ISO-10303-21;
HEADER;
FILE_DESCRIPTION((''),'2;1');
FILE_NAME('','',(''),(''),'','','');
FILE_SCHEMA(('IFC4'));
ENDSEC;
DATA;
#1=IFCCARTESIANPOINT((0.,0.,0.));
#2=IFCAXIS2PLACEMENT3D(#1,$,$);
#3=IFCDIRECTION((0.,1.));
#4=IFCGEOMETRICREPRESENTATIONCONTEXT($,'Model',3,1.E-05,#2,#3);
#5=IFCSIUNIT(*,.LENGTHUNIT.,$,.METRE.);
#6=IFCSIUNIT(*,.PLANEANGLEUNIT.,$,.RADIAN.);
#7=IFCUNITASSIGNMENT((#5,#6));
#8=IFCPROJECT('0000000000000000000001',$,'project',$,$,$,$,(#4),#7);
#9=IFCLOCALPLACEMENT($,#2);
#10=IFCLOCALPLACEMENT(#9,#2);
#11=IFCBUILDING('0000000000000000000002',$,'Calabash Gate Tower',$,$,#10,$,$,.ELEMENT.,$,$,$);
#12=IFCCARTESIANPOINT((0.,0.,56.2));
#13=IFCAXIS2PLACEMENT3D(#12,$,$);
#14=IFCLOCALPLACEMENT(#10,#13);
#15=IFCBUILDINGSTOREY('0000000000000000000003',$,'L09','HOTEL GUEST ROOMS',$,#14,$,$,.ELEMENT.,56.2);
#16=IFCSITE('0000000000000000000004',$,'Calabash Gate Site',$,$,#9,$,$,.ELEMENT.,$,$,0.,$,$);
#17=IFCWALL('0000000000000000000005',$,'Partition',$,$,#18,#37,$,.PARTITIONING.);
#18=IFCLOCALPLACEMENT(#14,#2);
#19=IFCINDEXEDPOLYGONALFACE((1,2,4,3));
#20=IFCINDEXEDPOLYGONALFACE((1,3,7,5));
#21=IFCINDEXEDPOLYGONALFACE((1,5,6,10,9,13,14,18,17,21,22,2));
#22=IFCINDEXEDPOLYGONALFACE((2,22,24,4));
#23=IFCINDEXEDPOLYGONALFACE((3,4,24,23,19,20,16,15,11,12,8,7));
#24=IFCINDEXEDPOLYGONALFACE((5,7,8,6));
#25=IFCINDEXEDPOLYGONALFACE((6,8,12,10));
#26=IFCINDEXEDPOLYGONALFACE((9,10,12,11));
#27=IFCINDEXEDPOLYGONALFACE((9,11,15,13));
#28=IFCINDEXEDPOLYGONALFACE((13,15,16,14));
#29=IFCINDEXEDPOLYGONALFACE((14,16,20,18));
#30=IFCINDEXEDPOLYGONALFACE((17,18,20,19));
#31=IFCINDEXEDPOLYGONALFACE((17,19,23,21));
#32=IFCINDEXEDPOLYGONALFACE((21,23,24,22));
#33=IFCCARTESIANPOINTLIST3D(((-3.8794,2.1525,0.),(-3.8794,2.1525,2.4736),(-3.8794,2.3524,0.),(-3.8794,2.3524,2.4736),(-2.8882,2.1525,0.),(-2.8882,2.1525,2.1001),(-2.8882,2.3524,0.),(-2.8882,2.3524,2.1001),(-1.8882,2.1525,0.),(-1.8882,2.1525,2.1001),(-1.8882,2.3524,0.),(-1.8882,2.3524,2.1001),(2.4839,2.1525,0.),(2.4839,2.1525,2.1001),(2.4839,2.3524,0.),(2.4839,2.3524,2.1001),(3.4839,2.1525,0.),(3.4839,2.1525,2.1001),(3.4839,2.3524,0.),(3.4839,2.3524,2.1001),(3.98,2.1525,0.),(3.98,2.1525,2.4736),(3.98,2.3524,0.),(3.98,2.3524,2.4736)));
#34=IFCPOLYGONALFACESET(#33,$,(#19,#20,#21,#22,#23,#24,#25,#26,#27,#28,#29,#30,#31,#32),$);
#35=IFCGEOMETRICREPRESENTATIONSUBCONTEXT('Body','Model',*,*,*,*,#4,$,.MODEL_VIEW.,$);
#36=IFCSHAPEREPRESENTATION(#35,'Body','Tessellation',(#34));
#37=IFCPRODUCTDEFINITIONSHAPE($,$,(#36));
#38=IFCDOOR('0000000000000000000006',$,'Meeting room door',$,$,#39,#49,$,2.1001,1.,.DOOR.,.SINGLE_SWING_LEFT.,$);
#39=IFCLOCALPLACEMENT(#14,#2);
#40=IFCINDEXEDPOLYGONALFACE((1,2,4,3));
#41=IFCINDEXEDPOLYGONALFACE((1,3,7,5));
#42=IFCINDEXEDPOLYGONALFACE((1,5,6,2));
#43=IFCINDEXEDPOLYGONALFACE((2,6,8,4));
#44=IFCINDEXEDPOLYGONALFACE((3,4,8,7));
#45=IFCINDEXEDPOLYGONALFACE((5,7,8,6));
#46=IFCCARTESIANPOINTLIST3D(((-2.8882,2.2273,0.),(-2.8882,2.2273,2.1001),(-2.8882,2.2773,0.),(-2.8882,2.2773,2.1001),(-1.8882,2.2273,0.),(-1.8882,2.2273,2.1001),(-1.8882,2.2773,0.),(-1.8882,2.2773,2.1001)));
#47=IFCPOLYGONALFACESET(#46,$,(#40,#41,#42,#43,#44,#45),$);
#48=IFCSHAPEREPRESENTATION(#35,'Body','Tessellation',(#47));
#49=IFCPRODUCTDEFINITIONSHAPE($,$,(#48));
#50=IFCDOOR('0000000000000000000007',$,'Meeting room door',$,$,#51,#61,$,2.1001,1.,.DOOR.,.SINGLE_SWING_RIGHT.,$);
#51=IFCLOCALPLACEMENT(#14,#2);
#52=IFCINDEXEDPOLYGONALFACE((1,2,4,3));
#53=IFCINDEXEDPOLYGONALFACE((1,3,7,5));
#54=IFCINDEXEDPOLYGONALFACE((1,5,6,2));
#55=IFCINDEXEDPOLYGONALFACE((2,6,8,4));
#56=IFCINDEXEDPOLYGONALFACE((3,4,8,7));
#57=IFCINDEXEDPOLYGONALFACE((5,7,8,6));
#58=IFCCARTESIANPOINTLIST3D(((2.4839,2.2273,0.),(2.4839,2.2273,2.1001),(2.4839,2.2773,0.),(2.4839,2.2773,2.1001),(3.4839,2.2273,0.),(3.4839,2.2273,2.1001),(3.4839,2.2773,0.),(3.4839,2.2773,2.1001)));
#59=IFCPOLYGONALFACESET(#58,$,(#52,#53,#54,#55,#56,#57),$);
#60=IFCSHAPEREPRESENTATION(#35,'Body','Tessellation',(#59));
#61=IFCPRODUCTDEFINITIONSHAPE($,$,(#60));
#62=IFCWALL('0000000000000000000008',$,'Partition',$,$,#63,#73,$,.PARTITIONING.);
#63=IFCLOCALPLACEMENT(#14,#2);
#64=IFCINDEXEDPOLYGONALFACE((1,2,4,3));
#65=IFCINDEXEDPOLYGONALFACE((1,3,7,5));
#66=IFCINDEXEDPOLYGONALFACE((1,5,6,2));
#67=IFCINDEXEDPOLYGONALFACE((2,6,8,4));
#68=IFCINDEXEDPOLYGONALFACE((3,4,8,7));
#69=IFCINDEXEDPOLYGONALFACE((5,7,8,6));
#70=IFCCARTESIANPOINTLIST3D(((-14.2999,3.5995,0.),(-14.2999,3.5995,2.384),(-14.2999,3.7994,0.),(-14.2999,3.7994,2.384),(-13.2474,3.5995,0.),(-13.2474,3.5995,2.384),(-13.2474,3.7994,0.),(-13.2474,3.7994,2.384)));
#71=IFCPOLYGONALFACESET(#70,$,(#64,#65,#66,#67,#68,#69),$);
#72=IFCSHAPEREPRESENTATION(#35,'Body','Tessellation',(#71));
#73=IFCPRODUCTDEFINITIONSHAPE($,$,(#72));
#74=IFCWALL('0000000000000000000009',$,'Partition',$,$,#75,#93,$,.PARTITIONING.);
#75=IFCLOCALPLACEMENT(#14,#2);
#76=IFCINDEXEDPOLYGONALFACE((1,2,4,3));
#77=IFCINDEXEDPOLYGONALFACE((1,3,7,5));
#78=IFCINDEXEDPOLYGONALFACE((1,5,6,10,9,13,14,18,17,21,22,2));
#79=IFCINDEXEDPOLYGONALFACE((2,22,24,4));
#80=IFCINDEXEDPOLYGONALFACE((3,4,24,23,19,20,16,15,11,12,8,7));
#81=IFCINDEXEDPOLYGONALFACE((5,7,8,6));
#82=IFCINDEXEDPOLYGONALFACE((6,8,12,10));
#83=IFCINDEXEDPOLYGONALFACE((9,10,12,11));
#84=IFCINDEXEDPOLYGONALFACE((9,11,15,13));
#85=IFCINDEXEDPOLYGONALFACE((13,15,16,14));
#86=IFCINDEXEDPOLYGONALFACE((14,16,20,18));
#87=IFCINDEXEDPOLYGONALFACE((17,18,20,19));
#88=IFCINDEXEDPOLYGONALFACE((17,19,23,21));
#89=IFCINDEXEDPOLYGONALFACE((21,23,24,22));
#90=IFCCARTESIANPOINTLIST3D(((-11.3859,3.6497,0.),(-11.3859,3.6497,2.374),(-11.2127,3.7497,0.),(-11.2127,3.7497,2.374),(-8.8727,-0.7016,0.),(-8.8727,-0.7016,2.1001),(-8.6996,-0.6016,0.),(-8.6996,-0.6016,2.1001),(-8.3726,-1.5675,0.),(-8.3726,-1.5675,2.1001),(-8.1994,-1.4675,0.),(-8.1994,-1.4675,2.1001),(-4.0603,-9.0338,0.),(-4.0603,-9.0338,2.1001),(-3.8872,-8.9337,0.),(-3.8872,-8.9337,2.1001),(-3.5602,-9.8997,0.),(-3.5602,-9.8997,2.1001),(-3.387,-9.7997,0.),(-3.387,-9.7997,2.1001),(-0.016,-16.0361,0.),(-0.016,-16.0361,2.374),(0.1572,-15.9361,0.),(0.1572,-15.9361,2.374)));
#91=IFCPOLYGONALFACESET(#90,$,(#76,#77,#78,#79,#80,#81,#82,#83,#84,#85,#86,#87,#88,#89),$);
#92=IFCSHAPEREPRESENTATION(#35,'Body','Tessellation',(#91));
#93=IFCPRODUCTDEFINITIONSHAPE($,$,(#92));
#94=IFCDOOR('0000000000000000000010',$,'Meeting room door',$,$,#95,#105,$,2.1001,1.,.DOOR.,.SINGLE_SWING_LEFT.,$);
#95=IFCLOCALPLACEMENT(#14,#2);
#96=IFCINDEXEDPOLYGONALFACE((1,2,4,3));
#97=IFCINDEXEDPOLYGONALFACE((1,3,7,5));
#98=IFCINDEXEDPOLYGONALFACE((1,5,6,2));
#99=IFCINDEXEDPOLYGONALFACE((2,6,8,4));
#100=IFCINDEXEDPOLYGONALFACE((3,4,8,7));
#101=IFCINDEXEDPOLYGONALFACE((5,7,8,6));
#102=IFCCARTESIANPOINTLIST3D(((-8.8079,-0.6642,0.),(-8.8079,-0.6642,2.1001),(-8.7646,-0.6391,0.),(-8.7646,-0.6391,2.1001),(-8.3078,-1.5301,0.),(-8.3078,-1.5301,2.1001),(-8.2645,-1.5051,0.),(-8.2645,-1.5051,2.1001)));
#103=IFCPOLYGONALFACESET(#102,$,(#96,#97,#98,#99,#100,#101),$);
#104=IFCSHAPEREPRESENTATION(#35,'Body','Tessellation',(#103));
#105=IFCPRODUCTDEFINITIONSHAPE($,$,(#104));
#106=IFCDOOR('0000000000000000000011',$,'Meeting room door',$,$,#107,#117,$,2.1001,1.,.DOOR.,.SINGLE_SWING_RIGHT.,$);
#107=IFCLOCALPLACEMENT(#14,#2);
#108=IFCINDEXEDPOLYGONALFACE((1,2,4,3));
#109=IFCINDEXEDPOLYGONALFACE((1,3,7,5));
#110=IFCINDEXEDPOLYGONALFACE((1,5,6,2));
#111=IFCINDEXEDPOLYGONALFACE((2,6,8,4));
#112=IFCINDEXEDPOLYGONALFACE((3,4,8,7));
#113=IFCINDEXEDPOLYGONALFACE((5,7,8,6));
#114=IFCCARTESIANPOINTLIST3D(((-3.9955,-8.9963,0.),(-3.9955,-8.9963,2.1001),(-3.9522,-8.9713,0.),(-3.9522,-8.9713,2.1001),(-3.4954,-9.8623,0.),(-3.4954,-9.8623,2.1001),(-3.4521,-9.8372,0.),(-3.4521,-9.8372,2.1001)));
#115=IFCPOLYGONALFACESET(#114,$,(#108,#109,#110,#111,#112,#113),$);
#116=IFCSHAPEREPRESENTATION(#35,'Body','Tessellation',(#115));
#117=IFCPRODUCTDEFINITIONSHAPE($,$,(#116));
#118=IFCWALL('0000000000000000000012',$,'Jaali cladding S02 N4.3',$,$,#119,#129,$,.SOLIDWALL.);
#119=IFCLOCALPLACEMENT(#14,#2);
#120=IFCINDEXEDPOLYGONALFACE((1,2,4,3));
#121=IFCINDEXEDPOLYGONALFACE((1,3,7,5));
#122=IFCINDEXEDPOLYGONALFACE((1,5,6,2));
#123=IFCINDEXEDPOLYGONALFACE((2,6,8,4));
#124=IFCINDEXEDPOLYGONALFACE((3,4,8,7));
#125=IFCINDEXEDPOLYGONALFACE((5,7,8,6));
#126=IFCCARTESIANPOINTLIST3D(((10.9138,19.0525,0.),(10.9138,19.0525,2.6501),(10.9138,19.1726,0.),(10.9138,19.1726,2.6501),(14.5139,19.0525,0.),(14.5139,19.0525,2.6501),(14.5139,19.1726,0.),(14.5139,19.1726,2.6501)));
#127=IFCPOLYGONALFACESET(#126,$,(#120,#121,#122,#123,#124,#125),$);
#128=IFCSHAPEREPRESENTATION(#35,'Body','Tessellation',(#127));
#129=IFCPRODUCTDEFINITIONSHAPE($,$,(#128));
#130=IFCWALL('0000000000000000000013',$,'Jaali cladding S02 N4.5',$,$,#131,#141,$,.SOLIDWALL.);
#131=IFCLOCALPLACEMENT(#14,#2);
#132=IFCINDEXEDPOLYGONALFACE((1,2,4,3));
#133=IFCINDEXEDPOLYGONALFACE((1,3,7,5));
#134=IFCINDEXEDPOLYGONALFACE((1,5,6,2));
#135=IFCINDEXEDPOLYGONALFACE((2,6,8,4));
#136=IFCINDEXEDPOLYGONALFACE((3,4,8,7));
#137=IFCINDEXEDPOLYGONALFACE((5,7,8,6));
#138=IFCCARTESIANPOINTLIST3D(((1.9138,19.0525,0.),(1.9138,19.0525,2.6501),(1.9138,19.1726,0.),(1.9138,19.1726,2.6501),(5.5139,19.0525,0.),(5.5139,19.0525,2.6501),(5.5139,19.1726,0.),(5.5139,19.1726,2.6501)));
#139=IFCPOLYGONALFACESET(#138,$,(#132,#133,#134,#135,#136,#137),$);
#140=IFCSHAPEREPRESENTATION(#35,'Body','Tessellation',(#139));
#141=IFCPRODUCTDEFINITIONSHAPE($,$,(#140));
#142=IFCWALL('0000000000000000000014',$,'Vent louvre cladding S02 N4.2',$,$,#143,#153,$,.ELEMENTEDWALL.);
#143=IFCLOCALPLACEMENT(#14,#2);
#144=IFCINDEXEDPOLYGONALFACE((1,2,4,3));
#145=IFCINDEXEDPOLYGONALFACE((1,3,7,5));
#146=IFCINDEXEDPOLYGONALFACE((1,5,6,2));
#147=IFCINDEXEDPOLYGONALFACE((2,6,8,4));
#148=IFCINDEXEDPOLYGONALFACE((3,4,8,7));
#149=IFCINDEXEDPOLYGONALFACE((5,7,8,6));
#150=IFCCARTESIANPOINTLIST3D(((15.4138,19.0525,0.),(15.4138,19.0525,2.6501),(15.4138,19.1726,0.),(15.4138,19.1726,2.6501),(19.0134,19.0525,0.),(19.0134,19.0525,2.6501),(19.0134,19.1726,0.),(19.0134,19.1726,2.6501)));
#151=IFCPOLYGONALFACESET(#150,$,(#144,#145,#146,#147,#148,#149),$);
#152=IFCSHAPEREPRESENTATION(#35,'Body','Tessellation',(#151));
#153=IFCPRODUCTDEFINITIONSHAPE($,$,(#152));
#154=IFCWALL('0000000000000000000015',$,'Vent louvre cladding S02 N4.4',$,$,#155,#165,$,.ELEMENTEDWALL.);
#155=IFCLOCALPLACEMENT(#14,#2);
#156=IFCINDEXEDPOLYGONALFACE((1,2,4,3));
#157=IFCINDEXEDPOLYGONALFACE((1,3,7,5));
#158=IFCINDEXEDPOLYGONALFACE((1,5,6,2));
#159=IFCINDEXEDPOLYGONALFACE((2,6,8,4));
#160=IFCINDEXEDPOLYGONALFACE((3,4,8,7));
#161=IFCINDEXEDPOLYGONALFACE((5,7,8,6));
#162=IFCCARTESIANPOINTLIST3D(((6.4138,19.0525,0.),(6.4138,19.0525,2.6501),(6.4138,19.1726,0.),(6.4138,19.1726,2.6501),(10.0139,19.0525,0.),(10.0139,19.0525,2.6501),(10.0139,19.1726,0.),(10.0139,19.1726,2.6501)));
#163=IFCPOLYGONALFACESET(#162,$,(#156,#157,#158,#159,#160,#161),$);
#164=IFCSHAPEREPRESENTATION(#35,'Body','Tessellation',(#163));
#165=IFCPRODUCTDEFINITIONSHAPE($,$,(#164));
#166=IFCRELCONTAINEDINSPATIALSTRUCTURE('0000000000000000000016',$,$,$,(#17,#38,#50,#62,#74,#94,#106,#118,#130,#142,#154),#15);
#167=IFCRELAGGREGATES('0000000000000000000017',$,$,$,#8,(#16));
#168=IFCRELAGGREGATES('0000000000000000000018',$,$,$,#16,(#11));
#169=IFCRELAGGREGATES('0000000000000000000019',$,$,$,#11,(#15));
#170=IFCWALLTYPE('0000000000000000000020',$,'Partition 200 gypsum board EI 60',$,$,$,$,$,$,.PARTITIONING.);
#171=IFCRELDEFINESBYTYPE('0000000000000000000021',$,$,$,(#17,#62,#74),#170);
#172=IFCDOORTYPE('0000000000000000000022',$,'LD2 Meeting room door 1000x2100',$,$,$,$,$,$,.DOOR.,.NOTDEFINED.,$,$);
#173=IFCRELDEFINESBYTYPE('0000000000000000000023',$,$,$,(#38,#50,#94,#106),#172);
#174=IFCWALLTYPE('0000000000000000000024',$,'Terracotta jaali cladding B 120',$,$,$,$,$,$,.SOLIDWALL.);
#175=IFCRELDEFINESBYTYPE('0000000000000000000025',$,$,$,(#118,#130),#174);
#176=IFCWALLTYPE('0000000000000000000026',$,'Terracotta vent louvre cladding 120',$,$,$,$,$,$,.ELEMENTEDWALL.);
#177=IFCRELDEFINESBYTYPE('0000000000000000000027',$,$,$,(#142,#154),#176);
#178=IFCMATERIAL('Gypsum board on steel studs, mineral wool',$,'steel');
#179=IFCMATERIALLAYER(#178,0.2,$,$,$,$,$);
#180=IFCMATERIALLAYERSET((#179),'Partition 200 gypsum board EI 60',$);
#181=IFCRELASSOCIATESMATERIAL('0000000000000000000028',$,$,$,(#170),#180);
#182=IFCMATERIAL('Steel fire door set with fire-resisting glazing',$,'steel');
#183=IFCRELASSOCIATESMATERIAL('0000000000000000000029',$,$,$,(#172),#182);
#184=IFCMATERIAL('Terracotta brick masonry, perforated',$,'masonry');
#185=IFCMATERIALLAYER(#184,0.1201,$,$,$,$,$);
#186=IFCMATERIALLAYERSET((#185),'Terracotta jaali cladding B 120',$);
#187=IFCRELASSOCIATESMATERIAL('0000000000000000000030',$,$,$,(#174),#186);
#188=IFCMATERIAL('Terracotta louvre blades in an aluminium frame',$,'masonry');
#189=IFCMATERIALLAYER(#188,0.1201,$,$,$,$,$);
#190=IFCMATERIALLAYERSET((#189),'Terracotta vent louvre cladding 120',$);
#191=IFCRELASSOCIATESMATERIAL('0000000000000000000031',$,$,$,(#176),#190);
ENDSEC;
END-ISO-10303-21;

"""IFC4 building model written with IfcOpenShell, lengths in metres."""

from ifc_helpers import new_model, si_unit, direction, frame, frame_2d, origin, place, context, subcontext, project, spatial, polyline, rectangle, outline, extrude, material, layer, layer_set, type_object, element, fill, save


model = new_model("IFC4")

# Units and contexts
model_context = context("Model", 3, precision=1e-05, world=origin(), true_north=direction((0.0, 1.0)))
body_context = subcontext(model_context, "Body", "Model", "MODEL_VIEW")
ifc_project = project(units=[si_unit("LENGTHUNIT", "METRE"), si_unit("PLANEANGLEUNIT", "RADIAN")], contexts=[model_context])

# Site, building, storey
site_placement = place(None, origin())
site = spatial("IfcSite", under=ifc_project, at=site_placement, Name="Calabash Gate Site", CompositionType="ELEMENT", RefElevation=0.0)
building_placement = place(site_placement, origin())
building = spatial("IfcBuilding", under=site, at=building_placement, Name="Calabash Gate Tower", CompositionType="ELEMENT")
storey_placement = place(building_placement, frame((0.0, 0.0, 56.2)))
storey = spatial("IfcBuildingStorey", under=building, at=storey_placement, Name="L09", Description="HOTEL GUEST ROOMS", CompositionType="ELEMENT", Elevation=56.2)

# Shared definitions
ifc_material_1 = material(Name="Gypsum board on steel studs, mineral wool", Category="steel")
ifc_layer_1 = layer(ifc_material_1, 0.2)
ifc_layer_set_1 = layer_set([ifc_layer_1], Name="Partition 200 gypsum board EI 60")
wall_type_1 = type_object("IfcWallType", Name="Partition 200 gypsum board EI 60", PredefinedType="PARTITIONING", material=ifc_layer_set_1)

# Wall, openings, doors
wall_1_placement = place(storey_placement, frame((-3.8794, 2.2524, 0.0), z_axis=(0.0, 0.0, 1.0), x_axis=(1.0, 0.0, 0.0)))
wall_1 = element("IfcWall", 1, at=wall_1_placement, inside=storey, type_object=wall_type_1, Name="Partition", PredefinedType="PARTITIONING", context=body_context, shape_type="SweptSolid", body=[
    extrude(rectangle(XDim=7.8594, YDim=0.2, at=frame_2d((3.9297, 0.0))), origin(), (0.0, 0.0, 1.0), 2.4736),
])
opening_1_placement = place(wall_1_placement, frame((0.9912, 0.0, 0.0)))
opening_1 = element("IfcOpeningElement", 2, at=opening_1_placement, cuts=wall_1, PredefinedType="OPENING", context=body_context, shape_type="SweptSolid", body=[
    extrude(rectangle(XDim=1.0, YDim=2.1001, at=frame_2d((0.5, 1.05))), frame((0.0, 0.1099, 0.0), z_axis=(0.0, -1.0, 0.0), x_axis=(1.0, 0.0, 0.0)), (0.0, 0.0, 1.0), 0.22),
])
opening_2_placement = place(wall_1_placement, frame((6.3633, 0.0, 0.0)))
opening_2 = element("IfcOpeningElement", 3, at=opening_2_placement, cuts=wall_1, PredefinedType="OPENING", context=body_context, shape_type="SweptSolid", body=[
    extrude(rectangle(XDim=1.0, YDim=2.1001, at=frame_2d((0.5, 1.05))), frame((0.0, 0.1099, 0.0), z_axis=(0.0, -1.0, 0.0), x_axis=(1.0, 0.0, 0.0)), (0.0, 0.0, 1.0), 0.22),
])
ifc_material_2 = material(Name="Steel fire door set with fire-resisting glazing", Category="steel")
door_type_1 = type_object("IfcDoorType", Name="LD2 Meeting room door 1000x2100", OperationType="NOTDEFINED", PredefinedType="DOOR", material=ifc_material_2)
door_1_placement = place(opening_1_placement, origin())
door_1 = element("IfcDoor", 4, at=door_1_placement, inside=storey, type_object=door_type_1, Name="Meeting room door", OperationType="SINGLE_SWING_LEFT", OverallHeight=2.1001, OverallWidth=1.0, PredefinedType="DOOR", context=body_context, shape_type="SweptSolid", body=[
    extrude(rectangle(XDim=1.0, YDim=2.1001, at=frame_2d((0.5, 1.05))), frame((0.0, 0.0249, 0.0), z_axis=(0.0, -1.0, 0.0), x_axis=(1.0, 0.0, 0.0)), (0.0, 0.0, 1.0), 0.05),
])
fill(opening_1, door_1)
door_2_placement = place(opening_2_placement, origin())
door_2 = element("IfcDoor", 5, at=door_2_placement, inside=storey, type_object=door_type_1, Name="Meeting room door", OperationType="SINGLE_SWING_RIGHT", OverallHeight=2.1001, OverallWidth=1.0, PredefinedType="DOOR", context=body_context, shape_type="SweptSolid", body=[
    extrude(rectangle(XDim=1.0, YDim=2.1001, at=frame_2d((0.5, 1.05))), frame((0.0, 0.0249, 0.0), z_axis=(0.0, -1.0, 0.0), x_axis=(1.0, 0.0, 0.0)), (0.0, 0.0, 1.0), 0.05),
])
fill(opening_2, door_2)

# Wall
wall_2_placement = place(storey_placement, frame((-14.3, 3.6995, 0.0), z_axis=(0.0, 0.0, 1.0), x_axis=(1.0, 0.0, 0.0)))
element("IfcWall", 6, at=wall_2_placement, inside=storey, type_object=wall_type_1, Name="Partition", PredefinedType="PARTITIONING", context=body_context, shape_type="SweptSolid", body=[
    extrude(rectangle(XDim=1.0525, YDim=0.2, at=frame_2d((0.5264, 0.0))), origin(), (0.0, 0.0, 1.0), 2.384),
])

# Wall, openings, doors
wall_3_placement = place(storey_placement, frame((-11.2993, 3.6997, 0.0), z_axis=(0.0, 0.0, 1.0), x_axis=(0.500141, -0.865944, 0.0)))
wall_3 = element("IfcWall", 7, at=wall_3_placement, inside=storey, type_object=wall_type_1, Name="Partition", PredefinedType="PARTITIONING", context=body_context, shape_type="SweptSolid", body=[
    extrude(rectangle(XDim=22.7334, YDim=0.2, at=frame_2d((11.3667, 0.0))), origin(), (0.0, 0.0, 1.0), 2.374),
])
opening_3_placement = place(wall_3_placement, frame((5.0249, 0.0, 0.0)))
opening_3 = element("IfcOpeningElement", 8, at=opening_3_placement, cuts=wall_3, PredefinedType="OPENING", context=body_context, shape_type="SweptSolid", body=[
    extrude(rectangle(XDim=1.0, YDim=2.1001, at=frame_2d((0.5, 1.05))), frame((0.0, 0.1099, 0.0), z_axis=(0.0, -1.0, 0.0), x_axis=(1.0, 0.0, 0.0)), (0.0, 0.0, 1.0), 0.22),
])
opening_4_placement = place(wall_3_placement, frame((14.647, 0.0, 0.0)))
opening_4 = element("IfcOpeningElement", 9, at=opening_4_placement, cuts=wall_3, PredefinedType="OPENING", context=body_context, shape_type="SweptSolid", body=[
    extrude(rectangle(XDim=1.0, YDim=2.1001, at=frame_2d((0.5, 1.05))), frame((0.0, 0.1099, 0.0), z_axis=(0.0, -1.0, 0.0), x_axis=(1.0, 0.0, 0.0)), (0.0, 0.0, 1.0), 0.22),
])
door_3_placement = place(opening_3_placement, origin())
door_3 = element("IfcDoor", 10, at=door_3_placement, inside=storey, type_object=door_type_1, Name="Meeting room door", OperationType="SINGLE_SWING_LEFT", OverallHeight=2.1001, OverallWidth=1.0, PredefinedType="DOOR", context=body_context, shape_type="SweptSolid", body=[
    extrude(rectangle(XDim=1.0, YDim=2.1001, at=frame_2d((0.5, 1.05))), frame((0.0, 0.0249, 0.0), z_axis=(0.0, -1.0, 0.0), x_axis=(1.0, 0.0, 0.0)), (0.0, 0.0, 1.0), 0.05),
])
fill(opening_3, door_3)
door_4_placement = place(opening_4_placement, origin())
door_4 = element("IfcDoor", 11, at=door_4_placement, inside=storey, type_object=door_type_1, Name="Meeting room door", OperationType="SINGLE_SWING_RIGHT", OverallHeight=2.1001, OverallWidth=1.0, PredefinedType="DOOR", context=body_context, shape_type="SweptSolid", body=[
    extrude(rectangle(XDim=1.0, YDim=2.1001, at=frame_2d((0.5, 1.05))), frame((0.0, 0.0249, 0.0), z_axis=(0.0, -1.0, 0.0), x_axis=(1.0, 0.0, 0.0)), (0.0, 0.0, 1.0), 0.05),
])
fill(opening_4, door_4)

# Walls
ifc_material_3 = material(Name="Terracotta brick masonry, perforated", Category="masonry")
ifc_layer_2 = layer(ifc_material_3, 0.1201)
ifc_layer_set_2 = layer_set([ifc_layer_2], Name="Terracotta jaali cladding B 120")
wall_type_2 = type_object("IfcWallType", Name="Terracotta jaali cladding B 120", PredefinedType="SOLIDWALL", material=ifc_layer_set_2)
wall_4_placement = place(storey_placement, origin())
element("IfcWall", 12, at=wall_4_placement, inside=storey, type_object=wall_type_2, Name="Jaali cladding S02 N4.3", PredefinedType="SOLIDWALL", context=body_context, shape_type="SweptSolid", body=[
    extrude(outline(polyline([(10.9138, 19.1726), (10.9138, 19.0525), (14.5139, 19.0525), (14.5139, 19.1726), (10.9138, 19.1726)])), origin(), (0.0, 0.0, 1.0), 2.6501),
])
wall_5_placement = place(storey_placement, origin())
element("IfcWall", 13, at=wall_5_placement, inside=storey, type_object=wall_type_2, Name="Jaali cladding S02 N4.5", PredefinedType="SOLIDWALL", context=body_context, shape_type="SweptSolid", body=[
    extrude(outline(polyline([(1.9138, 19.1726), (1.9138, 19.0525), (5.5139, 19.0525), (5.5139, 19.1726), (1.9138, 19.1726)])), origin(), (0.0, 0.0, 1.0), 2.6501),
])
ifc_material_4 = material(Name="Terracotta louvre blades in an aluminium frame", Category="masonry")
ifc_layer_3 = layer(ifc_material_4, 0.1201)
ifc_layer_set_3 = layer_set([ifc_layer_3], Name="Terracotta vent louvre cladding 120")
wall_type_3 = type_object("IfcWallType", Name="Terracotta vent louvre cladding 120", PredefinedType="ELEMENTEDWALL", material=ifc_layer_set_3)
wall_6_placement = place(storey_placement, origin())
element("IfcWall", 14, at=wall_6_placement, inside=storey, type_object=wall_type_3, Name="Vent louvre cladding S02 N4.2", PredefinedType="ELEMENTEDWALL", context=body_context, shape_type="SweptSolid", body=[
    extrude(outline(polyline([(15.4138, 19.1726), (15.4138, 19.0525), (19.0134, 19.0525), (19.0134, 19.1726), (15.4138, 19.1726)])), origin(), (0.0, 0.0, 1.0), 2.6501),
])
wall_7_placement = place(storey_placement, origin())
element("IfcWall", 15, at=wall_7_placement, inside=storey, type_object=wall_type_3, Name="Vent louvre cladding S02 N4.4", PredefinedType="ELEMENTEDWALL", context=body_context, shape_type="SweptSolid", body=[
    extrude(outline(polyline([(6.4138, 19.1726), (6.4138, 19.0525), (10.0139, 19.0525), (10.0139, 19.1726), (6.4138, 19.1726)])), origin(), (0.0, 0.0, 1.0), 2.6501),
])

save(model, "model.ifc")
